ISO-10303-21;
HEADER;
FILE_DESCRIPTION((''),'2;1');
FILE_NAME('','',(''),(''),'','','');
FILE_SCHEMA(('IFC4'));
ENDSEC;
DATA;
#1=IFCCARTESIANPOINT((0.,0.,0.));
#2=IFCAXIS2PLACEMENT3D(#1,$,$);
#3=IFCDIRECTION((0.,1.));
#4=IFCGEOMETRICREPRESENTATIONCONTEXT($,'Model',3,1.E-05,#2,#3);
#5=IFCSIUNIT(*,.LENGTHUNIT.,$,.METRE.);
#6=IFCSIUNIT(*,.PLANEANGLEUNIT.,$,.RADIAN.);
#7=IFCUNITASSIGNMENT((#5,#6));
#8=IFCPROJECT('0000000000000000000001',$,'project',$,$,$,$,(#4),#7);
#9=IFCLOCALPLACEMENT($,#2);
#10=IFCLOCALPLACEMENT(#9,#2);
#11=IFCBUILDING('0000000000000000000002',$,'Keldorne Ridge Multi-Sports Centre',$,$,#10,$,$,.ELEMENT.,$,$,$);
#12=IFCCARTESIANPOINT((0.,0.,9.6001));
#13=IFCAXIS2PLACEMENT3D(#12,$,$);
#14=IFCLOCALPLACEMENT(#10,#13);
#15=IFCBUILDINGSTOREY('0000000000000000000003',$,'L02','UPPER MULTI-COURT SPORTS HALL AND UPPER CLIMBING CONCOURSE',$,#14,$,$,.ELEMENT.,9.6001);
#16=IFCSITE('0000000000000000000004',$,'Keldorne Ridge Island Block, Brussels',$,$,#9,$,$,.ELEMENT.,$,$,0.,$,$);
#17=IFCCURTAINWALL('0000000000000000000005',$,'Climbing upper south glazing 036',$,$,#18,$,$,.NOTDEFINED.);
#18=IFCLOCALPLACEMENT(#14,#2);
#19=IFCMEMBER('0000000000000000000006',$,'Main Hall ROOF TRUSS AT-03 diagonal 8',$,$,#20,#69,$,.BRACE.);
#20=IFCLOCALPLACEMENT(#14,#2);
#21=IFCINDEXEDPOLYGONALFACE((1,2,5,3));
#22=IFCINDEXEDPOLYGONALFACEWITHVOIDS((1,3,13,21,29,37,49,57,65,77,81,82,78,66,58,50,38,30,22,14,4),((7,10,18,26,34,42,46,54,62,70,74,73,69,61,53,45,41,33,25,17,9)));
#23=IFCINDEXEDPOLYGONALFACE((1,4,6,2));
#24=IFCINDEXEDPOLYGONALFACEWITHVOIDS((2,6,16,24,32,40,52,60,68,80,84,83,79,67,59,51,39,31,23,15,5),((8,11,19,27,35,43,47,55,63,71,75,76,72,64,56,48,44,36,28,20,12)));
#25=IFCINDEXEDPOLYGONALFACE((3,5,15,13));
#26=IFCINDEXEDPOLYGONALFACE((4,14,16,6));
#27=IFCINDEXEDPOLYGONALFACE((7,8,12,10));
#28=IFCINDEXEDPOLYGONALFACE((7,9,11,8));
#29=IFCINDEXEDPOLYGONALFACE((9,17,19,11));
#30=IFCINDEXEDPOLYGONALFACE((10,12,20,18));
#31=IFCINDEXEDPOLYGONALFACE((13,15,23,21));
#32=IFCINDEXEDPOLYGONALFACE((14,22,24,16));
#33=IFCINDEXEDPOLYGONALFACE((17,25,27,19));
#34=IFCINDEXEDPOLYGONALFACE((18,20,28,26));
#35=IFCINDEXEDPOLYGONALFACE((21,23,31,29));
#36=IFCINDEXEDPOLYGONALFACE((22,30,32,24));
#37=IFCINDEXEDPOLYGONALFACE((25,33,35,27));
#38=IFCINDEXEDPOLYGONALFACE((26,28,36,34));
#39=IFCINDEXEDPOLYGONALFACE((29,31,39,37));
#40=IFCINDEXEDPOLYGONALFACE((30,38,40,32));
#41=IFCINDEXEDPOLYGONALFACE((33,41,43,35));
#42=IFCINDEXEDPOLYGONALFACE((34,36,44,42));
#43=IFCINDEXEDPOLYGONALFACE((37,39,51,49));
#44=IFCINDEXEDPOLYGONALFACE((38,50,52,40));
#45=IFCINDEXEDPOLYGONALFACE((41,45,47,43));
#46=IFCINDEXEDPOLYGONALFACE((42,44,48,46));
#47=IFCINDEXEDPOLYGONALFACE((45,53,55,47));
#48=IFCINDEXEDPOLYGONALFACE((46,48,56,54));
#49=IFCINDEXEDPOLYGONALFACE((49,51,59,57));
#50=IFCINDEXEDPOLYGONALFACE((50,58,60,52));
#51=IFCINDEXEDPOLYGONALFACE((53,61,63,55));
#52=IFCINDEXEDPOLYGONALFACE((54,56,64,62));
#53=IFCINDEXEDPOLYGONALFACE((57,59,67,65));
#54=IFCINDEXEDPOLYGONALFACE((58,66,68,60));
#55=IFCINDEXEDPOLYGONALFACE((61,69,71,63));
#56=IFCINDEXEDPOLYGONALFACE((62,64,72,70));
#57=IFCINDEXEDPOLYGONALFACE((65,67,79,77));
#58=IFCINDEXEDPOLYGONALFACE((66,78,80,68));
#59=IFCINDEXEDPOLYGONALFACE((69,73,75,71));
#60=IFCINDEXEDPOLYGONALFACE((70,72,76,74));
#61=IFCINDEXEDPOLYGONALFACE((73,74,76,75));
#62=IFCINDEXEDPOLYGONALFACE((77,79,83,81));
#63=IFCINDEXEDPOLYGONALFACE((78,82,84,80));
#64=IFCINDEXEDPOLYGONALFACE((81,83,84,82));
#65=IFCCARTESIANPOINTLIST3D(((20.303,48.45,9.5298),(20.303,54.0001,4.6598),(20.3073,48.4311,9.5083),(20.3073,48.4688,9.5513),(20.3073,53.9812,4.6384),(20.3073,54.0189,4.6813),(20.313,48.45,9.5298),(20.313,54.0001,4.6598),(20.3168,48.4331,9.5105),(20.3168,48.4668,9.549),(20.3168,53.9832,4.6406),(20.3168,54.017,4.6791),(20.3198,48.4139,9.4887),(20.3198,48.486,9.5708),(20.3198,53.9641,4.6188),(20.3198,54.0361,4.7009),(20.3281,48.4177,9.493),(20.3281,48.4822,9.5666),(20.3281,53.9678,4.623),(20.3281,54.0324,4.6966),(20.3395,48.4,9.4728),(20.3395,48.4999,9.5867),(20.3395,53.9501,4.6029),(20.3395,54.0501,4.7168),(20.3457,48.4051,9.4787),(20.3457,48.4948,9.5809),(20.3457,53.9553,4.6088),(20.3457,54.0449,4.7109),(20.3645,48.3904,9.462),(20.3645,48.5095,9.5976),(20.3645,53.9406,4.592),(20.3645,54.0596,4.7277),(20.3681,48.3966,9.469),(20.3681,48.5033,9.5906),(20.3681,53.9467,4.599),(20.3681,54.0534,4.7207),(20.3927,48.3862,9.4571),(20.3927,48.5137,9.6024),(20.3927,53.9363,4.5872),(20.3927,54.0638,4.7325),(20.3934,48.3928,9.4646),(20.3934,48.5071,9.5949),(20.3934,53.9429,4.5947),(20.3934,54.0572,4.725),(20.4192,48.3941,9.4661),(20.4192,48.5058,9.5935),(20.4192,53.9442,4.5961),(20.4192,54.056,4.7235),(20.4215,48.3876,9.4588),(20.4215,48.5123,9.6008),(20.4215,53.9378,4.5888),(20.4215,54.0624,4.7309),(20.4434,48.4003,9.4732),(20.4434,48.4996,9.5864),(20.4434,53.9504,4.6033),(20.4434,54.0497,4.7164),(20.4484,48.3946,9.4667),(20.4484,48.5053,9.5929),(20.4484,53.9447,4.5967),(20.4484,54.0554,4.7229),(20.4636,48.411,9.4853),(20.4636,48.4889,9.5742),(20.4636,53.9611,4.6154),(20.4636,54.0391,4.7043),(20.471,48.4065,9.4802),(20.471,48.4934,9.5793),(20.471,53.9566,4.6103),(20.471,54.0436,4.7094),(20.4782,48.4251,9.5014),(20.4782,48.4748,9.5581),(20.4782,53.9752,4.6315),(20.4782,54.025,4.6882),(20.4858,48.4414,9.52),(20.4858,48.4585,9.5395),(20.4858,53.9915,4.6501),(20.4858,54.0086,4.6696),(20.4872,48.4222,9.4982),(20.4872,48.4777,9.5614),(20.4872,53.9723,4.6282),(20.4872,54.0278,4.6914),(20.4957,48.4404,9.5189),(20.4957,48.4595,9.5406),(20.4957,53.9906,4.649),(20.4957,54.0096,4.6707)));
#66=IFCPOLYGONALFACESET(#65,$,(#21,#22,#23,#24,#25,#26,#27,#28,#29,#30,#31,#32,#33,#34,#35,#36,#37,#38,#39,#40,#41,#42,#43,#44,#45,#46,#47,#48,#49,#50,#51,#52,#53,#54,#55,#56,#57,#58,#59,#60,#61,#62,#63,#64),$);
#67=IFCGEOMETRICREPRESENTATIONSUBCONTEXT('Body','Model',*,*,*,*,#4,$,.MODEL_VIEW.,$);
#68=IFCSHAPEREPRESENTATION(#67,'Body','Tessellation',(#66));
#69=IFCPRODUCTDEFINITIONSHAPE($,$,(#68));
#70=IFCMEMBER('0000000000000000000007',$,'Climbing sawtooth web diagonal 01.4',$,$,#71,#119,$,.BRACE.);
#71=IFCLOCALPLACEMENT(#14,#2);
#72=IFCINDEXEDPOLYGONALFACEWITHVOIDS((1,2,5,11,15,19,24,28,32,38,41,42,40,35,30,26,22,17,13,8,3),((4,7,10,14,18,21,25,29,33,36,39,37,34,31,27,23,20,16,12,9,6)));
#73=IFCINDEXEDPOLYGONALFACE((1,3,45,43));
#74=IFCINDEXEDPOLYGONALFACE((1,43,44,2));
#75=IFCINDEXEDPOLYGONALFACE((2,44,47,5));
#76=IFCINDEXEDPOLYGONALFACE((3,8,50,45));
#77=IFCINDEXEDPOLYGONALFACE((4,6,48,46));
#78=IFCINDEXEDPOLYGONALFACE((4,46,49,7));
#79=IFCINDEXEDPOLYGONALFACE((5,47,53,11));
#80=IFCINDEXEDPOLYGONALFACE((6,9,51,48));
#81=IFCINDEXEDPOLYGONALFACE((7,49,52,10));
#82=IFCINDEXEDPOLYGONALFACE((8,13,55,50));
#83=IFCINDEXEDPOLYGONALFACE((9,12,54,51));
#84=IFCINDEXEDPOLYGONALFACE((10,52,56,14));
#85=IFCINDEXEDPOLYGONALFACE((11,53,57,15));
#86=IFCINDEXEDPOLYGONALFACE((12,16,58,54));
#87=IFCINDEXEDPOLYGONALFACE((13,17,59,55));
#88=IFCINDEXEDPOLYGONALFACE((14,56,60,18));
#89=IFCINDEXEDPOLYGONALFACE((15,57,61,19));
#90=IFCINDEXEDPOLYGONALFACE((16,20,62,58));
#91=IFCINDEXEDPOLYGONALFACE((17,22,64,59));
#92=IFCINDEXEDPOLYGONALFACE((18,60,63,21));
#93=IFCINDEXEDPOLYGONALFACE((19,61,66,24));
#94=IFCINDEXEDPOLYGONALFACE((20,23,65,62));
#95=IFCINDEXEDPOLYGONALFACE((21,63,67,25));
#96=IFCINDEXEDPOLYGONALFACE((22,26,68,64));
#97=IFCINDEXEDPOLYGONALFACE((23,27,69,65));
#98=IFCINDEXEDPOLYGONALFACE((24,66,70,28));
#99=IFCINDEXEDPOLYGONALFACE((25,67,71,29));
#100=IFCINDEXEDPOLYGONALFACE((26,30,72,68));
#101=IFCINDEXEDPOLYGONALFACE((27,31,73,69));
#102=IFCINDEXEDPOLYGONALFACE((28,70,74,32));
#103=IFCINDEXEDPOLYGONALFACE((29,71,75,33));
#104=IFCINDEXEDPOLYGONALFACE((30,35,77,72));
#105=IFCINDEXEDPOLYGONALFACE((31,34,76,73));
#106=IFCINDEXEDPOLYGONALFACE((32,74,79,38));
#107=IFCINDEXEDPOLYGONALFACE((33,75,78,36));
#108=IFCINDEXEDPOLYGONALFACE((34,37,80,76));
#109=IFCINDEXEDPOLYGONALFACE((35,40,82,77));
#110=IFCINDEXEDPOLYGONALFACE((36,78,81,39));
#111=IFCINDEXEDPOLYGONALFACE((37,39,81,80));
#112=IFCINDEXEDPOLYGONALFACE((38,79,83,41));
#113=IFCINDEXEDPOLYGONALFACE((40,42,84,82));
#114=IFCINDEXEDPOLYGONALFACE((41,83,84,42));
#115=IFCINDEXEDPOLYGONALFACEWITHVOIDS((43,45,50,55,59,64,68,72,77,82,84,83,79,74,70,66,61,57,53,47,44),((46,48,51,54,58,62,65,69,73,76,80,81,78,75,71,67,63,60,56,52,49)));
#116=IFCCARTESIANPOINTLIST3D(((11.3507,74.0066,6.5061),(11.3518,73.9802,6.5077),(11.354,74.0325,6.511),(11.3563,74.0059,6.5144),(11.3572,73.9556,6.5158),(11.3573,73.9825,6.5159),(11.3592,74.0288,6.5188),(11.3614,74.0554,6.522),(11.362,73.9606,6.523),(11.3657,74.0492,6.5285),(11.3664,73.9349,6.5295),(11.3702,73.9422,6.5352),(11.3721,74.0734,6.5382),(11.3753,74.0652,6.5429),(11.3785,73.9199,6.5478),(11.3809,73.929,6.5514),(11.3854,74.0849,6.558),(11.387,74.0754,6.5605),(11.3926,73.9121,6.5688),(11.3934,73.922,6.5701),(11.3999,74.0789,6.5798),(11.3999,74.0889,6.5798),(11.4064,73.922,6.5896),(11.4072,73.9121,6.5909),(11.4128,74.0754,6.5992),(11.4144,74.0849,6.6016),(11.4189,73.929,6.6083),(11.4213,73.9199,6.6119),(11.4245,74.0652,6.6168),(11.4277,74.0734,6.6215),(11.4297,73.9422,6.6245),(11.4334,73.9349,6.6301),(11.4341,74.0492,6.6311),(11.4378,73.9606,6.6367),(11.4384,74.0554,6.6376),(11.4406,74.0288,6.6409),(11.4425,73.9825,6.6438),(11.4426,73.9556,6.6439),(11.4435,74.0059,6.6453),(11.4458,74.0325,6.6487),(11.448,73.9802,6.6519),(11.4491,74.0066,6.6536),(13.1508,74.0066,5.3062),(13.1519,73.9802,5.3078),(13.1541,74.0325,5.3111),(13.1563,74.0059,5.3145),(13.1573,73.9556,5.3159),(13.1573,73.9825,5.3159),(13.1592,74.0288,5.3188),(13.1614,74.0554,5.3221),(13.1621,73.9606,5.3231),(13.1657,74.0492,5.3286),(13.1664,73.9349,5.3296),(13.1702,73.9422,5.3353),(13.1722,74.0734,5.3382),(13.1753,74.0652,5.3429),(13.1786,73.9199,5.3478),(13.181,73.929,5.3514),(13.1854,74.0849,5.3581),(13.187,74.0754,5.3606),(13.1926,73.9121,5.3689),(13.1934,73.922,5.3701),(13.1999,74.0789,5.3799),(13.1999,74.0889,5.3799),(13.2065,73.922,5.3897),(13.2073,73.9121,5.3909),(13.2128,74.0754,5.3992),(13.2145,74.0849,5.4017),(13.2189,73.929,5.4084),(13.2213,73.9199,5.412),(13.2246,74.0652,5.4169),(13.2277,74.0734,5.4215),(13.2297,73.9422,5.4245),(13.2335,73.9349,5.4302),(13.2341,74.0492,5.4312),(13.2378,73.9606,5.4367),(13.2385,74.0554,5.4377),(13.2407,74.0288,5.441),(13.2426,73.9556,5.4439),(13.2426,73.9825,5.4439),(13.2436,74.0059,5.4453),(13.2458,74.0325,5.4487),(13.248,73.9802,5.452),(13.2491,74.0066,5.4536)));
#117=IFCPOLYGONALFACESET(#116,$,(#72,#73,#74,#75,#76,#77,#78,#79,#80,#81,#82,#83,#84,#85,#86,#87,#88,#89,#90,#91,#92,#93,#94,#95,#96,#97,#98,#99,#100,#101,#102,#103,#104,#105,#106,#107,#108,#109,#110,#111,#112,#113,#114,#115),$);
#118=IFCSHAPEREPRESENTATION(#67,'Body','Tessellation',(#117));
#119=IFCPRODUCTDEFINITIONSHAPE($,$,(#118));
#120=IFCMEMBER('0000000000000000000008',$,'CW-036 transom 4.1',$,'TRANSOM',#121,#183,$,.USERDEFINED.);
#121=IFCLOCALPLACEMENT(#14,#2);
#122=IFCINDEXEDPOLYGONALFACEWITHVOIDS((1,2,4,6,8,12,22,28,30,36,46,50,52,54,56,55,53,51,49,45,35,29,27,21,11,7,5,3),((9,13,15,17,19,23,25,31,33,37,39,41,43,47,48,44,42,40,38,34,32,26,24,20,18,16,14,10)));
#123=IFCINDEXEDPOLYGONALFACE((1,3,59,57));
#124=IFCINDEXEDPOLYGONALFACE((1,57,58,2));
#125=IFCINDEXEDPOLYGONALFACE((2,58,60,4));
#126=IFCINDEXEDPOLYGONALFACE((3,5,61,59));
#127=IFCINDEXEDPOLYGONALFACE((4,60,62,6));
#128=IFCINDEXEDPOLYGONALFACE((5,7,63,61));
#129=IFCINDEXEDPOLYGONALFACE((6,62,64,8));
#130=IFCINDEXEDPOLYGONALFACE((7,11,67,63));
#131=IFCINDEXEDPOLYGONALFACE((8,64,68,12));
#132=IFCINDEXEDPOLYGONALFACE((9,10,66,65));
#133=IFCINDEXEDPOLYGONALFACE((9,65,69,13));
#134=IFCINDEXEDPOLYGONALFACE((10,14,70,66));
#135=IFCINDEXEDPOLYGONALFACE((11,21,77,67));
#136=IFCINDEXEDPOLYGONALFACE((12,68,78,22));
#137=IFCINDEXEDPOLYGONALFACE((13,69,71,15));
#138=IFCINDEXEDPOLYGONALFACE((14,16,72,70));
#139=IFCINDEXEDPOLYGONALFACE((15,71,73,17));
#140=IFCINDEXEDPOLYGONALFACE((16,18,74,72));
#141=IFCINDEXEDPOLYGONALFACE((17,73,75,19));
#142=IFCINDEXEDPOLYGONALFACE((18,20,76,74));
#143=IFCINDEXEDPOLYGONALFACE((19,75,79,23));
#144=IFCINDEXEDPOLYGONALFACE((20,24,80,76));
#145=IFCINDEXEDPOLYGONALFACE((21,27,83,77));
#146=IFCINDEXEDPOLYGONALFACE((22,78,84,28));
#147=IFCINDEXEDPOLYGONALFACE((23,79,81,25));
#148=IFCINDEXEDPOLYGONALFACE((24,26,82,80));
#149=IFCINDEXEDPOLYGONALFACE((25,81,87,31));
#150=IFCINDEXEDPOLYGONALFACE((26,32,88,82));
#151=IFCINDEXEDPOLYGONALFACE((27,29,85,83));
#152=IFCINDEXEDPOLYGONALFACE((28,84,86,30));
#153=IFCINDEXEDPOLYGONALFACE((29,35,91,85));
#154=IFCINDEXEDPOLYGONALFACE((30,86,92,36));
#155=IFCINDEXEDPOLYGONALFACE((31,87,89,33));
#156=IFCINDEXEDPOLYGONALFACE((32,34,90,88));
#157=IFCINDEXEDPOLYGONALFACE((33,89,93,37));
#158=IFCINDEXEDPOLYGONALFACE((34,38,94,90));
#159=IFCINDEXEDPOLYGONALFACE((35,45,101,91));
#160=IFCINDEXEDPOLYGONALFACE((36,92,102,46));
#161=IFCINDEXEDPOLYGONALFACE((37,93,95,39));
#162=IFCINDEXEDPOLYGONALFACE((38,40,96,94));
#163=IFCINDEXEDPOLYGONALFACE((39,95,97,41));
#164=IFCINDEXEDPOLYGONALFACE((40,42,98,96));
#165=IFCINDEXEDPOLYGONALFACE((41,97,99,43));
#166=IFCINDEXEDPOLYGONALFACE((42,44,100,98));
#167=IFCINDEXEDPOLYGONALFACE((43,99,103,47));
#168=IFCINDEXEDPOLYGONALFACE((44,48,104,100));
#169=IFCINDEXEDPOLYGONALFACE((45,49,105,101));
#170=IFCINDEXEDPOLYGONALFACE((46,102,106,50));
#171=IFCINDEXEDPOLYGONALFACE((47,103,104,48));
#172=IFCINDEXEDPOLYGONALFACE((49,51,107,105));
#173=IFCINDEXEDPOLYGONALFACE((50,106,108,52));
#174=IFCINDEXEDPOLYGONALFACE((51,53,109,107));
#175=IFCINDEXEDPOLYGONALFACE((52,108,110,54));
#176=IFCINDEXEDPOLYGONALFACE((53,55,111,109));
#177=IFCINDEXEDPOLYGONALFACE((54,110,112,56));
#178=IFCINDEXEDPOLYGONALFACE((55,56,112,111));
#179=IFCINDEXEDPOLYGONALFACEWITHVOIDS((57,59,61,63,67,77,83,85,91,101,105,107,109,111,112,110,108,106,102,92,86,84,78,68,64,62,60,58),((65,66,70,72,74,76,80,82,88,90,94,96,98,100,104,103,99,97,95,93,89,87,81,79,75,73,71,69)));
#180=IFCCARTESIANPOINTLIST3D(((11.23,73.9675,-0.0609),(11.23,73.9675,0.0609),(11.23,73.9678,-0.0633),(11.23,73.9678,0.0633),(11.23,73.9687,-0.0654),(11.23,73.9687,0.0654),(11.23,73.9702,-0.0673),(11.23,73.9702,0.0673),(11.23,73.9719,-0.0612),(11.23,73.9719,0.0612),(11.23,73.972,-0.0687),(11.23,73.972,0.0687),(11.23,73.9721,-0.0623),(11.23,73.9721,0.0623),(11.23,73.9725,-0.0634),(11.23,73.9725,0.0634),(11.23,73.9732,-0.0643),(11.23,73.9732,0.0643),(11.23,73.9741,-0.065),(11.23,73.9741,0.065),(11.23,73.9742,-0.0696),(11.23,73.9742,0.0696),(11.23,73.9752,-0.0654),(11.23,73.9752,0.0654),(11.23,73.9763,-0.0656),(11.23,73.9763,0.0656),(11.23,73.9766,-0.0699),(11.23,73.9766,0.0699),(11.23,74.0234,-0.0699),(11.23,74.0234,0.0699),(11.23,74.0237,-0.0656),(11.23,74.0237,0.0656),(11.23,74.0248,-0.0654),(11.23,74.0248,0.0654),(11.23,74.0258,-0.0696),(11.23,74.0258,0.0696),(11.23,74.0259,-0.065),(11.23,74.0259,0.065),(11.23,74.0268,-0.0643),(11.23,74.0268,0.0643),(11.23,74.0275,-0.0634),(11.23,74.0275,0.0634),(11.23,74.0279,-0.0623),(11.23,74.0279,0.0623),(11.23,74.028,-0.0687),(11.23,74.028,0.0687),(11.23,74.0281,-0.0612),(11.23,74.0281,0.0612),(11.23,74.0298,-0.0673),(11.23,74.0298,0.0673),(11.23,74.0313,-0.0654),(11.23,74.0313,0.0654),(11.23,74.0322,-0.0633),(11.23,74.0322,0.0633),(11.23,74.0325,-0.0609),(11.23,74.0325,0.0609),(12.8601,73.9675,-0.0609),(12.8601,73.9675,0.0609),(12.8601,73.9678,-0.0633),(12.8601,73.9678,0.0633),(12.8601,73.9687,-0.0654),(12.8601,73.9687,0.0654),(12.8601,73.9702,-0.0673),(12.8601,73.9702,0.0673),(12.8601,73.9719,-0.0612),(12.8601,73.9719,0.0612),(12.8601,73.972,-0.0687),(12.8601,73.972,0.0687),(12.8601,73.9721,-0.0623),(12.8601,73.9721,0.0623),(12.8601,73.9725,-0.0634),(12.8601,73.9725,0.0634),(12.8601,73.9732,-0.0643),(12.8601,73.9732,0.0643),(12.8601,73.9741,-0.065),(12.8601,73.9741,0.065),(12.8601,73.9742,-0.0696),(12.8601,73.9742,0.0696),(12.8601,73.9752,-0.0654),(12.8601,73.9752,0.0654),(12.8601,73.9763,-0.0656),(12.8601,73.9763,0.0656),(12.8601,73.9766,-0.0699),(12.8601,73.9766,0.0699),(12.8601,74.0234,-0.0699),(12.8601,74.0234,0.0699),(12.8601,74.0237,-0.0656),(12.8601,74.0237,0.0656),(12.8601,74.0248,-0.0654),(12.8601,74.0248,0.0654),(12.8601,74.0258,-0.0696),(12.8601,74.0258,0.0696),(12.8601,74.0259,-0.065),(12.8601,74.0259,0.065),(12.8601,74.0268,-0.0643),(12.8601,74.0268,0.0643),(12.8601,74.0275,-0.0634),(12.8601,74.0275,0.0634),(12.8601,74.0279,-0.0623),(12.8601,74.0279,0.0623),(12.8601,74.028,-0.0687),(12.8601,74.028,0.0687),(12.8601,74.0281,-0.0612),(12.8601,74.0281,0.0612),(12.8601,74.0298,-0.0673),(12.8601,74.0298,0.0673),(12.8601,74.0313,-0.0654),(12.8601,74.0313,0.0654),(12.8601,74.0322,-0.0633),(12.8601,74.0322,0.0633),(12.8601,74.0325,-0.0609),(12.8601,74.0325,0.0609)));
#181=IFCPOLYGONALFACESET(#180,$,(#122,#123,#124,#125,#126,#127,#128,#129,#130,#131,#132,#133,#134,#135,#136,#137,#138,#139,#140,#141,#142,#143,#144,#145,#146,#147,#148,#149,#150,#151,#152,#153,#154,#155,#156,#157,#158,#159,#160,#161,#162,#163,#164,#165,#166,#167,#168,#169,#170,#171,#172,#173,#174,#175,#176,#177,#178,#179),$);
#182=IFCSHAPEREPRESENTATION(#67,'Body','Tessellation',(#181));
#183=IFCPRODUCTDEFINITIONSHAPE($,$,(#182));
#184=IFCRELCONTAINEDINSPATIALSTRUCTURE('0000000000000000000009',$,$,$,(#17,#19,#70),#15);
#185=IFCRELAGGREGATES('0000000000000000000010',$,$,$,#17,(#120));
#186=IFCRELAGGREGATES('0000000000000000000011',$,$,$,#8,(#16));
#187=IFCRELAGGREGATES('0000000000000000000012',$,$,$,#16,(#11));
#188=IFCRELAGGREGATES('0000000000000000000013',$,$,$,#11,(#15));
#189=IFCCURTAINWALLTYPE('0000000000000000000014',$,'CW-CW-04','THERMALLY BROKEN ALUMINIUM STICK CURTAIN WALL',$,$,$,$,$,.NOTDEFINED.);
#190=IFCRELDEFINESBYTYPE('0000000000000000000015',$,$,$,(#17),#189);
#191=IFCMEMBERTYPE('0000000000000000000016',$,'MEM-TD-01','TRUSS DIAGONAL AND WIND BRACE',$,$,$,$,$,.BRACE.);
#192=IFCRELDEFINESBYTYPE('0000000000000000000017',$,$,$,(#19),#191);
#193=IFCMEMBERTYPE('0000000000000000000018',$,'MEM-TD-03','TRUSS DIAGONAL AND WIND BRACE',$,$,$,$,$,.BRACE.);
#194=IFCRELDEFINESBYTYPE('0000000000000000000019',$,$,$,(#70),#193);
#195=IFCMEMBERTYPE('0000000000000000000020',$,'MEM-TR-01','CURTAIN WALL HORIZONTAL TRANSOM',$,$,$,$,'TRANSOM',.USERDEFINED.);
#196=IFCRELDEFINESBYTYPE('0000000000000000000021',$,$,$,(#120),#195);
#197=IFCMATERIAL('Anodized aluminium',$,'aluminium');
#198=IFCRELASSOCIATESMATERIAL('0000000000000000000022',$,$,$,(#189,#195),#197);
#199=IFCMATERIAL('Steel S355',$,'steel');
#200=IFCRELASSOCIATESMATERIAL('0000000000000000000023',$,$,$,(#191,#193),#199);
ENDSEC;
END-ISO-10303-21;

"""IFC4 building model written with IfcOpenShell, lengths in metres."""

from ifc_helpers import new_model, si_unit, direction, frame, origin, origin_2d, place, context, subcontext, project, spatial, hollow_rectangle, hollow_circle, extrude, material, material_profile, profile_set, type_object, element, aggregate, save


model = new_model("IFC4")

# Units and contexts
model_context = context("Model", 3, precision=1e-05, world=origin(), true_north=direction((0.0, 1.0)))
body_context = subcontext(model_context, "Body", "Model", "MODEL_VIEW")
ifc_project = project(units=[si_unit("LENGTHUNIT", "METRE"), si_unit("PLANEANGLEUNIT", "RADIAN")], contexts=[model_context])

# Site, building, storey
site_placement = place(None, origin())
site = spatial("IfcSite", under=ifc_project, at=site_placement, Name="Keldorne Ridge Island Block, Brussels", CompositionType="ELEMENT", RefElevation=0.0)
building_placement = place(site_placement, origin())
building = spatial("IfcBuilding", under=site, at=building_placement, Name="Keldorne Ridge Multi-Sports Centre", CompositionType="ELEMENT")
storey_placement = place(building_placement, frame((0.0, 0.0, 9.6001)))
storey = spatial("IfcBuildingStorey", under=building, at=storey_placement, Name="L02", Description="UPPER MULTI-COURT SPORTS HALL AND UPPER CLIMBING CONCOURSE", CompositionType="ELEMENT", Elevation=9.6001)

# Shared definitions
ifc_material_1 = material(Name="Steel S355", Category="steel")

# Curtain wall
ifc_material_2 = material(Name="Anodized aluminium", Category="aluminium")
curtain_wall_type = type_object("IfcCurtainWallType", Name="CW-CW-04", Description="THERMALLY BROKEN ALUMINIUM STICK CURTAIN WALL", PredefinedType="NOTDEFINED", material=ifc_material_2)
curtain_wall_placement = place(storey_placement, origin())
curtain_wall = element("IfcCurtainWall", 1, at=curtain_wall_placement, inside=storey, type_object=curtain_wall_type, Name="Climbing upper south glazing 036", PredefinedType="NOTDEFINED")

# Members
ifc_material_profile_1 = material_profile(ifc_material_1, hollow_circle(Radius=0.0969, WallThickness=0.01, at=origin_2d()), Name="CHS 193.7x10")
ifc_profile_set_1 = profile_set([ifc_material_profile_1], Name="Steel S355")
member_type_1 = type_object("IfcMemberType", Name="MEM-TD-01", Description="TRUSS DIAGONAL AND WIND BRACE", PredefinedType="BRACE", material=ifc_profile_set_1)
member_1_placement = place(storey_placement, frame((20.3999, 48.45, 9.5298), z_axis=(0.0, 0.751664, -0.659546), x_axis=(-1.0, 0.0, 0.0)))
element("IfcMember", 2, at=member_1_placement, inside=storey, type_object=member_type_1, Name="Main Hall ROOF TRUSS AT-03 diagonal 8", PredefinedType="BRACE", context=body_context, shape_type="SweptSolid", body=[
    extrude(hollow_circle(Radius=0.0969, WallThickness=0.01, at=origin_2d()), origin(), (0.0, 0.0, 1.0), 7.3838),
])
ifc_material_profile_2 = material_profile(ifc_material_1, hollow_circle(Radius=0.0889, WallThickness=0.01, at=origin_2d()), Name="CHS 177.8x10")
ifc_profile_set_2 = profile_set([ifc_material_profile_2], Name="Steel S355")
member_type_2 = type_object("IfcMemberType", Name="MEM-TD-03", Description="TRUSS DIAGONAL AND WIND BRACE", PredefinedType="BRACE", material=ifc_profile_set_2)
member_2_placement = place(storey_placement, frame((11.3999, 74.0, 6.5798), z_axis=(0.832068, 0.0, -0.554674), x_axis=(0.0, 1.0, 0.0)))
element("IfcMember", 3, at=member_2_placement, inside=storey, type_object=member_type_2, Name="Climbing sawtooth web diagonal 01.4", PredefinedType="BRACE", context=body_context, shape_type="SweptSolid", body=[
    extrude(hollow_circle(Radius=0.0889, WallThickness=0.01, at=origin_2d()), origin(), (0.0, 0.0, 1.0), 2.1633),
])

# Member
ifc_material_profile_3 = material_profile(ifc_material_2, hollow_rectangle(XDim=0.0649, YDim=0.1399, WallThickness=0.0044, InnerFilletRadius=0.0044, OuterFilletRadius=0.009, at=origin_2d()), Name="ALU TRANSOM 140x65x4.5")
ifc_profile_set_3 = profile_set([ifc_material_profile_3], Name="Anodized aluminium")
member_type_3 = type_object("IfcMemberType", Name="MEM-TR-01", Description="CURTAIN WALL HORIZONTAL TRANSOM", ElementType="TRANSOM", PredefinedType="USERDEFINED", material=ifc_profile_set_3)
member_3_placement = place(storey_placement, frame((11.23, 74.0, 0.0), z_axis=(1.0, 0.0, 0.0), x_axis=(0.0, 1.0, 0.0)))
member_3 = element("IfcMember", 4, at=member_3_placement, type_object=member_type_3, Name="CW-036 transom 4.1", ObjectType="TRANSOM", PredefinedType="USERDEFINED", context=body_context, shape_type="SweptSolid", body=[
    extrude(hollow_rectangle(XDim=0.0649, YDim=0.1399, WallThickness=0.0044, InnerFilletRadius=0.0044, OuterFilletRadius=0.009, at=origin_2d()), origin(), (0.0, 0.0, 1.0), 1.6301),
])

aggregate(curtain_wall, [member_3])

save(model, "model.ifc")
